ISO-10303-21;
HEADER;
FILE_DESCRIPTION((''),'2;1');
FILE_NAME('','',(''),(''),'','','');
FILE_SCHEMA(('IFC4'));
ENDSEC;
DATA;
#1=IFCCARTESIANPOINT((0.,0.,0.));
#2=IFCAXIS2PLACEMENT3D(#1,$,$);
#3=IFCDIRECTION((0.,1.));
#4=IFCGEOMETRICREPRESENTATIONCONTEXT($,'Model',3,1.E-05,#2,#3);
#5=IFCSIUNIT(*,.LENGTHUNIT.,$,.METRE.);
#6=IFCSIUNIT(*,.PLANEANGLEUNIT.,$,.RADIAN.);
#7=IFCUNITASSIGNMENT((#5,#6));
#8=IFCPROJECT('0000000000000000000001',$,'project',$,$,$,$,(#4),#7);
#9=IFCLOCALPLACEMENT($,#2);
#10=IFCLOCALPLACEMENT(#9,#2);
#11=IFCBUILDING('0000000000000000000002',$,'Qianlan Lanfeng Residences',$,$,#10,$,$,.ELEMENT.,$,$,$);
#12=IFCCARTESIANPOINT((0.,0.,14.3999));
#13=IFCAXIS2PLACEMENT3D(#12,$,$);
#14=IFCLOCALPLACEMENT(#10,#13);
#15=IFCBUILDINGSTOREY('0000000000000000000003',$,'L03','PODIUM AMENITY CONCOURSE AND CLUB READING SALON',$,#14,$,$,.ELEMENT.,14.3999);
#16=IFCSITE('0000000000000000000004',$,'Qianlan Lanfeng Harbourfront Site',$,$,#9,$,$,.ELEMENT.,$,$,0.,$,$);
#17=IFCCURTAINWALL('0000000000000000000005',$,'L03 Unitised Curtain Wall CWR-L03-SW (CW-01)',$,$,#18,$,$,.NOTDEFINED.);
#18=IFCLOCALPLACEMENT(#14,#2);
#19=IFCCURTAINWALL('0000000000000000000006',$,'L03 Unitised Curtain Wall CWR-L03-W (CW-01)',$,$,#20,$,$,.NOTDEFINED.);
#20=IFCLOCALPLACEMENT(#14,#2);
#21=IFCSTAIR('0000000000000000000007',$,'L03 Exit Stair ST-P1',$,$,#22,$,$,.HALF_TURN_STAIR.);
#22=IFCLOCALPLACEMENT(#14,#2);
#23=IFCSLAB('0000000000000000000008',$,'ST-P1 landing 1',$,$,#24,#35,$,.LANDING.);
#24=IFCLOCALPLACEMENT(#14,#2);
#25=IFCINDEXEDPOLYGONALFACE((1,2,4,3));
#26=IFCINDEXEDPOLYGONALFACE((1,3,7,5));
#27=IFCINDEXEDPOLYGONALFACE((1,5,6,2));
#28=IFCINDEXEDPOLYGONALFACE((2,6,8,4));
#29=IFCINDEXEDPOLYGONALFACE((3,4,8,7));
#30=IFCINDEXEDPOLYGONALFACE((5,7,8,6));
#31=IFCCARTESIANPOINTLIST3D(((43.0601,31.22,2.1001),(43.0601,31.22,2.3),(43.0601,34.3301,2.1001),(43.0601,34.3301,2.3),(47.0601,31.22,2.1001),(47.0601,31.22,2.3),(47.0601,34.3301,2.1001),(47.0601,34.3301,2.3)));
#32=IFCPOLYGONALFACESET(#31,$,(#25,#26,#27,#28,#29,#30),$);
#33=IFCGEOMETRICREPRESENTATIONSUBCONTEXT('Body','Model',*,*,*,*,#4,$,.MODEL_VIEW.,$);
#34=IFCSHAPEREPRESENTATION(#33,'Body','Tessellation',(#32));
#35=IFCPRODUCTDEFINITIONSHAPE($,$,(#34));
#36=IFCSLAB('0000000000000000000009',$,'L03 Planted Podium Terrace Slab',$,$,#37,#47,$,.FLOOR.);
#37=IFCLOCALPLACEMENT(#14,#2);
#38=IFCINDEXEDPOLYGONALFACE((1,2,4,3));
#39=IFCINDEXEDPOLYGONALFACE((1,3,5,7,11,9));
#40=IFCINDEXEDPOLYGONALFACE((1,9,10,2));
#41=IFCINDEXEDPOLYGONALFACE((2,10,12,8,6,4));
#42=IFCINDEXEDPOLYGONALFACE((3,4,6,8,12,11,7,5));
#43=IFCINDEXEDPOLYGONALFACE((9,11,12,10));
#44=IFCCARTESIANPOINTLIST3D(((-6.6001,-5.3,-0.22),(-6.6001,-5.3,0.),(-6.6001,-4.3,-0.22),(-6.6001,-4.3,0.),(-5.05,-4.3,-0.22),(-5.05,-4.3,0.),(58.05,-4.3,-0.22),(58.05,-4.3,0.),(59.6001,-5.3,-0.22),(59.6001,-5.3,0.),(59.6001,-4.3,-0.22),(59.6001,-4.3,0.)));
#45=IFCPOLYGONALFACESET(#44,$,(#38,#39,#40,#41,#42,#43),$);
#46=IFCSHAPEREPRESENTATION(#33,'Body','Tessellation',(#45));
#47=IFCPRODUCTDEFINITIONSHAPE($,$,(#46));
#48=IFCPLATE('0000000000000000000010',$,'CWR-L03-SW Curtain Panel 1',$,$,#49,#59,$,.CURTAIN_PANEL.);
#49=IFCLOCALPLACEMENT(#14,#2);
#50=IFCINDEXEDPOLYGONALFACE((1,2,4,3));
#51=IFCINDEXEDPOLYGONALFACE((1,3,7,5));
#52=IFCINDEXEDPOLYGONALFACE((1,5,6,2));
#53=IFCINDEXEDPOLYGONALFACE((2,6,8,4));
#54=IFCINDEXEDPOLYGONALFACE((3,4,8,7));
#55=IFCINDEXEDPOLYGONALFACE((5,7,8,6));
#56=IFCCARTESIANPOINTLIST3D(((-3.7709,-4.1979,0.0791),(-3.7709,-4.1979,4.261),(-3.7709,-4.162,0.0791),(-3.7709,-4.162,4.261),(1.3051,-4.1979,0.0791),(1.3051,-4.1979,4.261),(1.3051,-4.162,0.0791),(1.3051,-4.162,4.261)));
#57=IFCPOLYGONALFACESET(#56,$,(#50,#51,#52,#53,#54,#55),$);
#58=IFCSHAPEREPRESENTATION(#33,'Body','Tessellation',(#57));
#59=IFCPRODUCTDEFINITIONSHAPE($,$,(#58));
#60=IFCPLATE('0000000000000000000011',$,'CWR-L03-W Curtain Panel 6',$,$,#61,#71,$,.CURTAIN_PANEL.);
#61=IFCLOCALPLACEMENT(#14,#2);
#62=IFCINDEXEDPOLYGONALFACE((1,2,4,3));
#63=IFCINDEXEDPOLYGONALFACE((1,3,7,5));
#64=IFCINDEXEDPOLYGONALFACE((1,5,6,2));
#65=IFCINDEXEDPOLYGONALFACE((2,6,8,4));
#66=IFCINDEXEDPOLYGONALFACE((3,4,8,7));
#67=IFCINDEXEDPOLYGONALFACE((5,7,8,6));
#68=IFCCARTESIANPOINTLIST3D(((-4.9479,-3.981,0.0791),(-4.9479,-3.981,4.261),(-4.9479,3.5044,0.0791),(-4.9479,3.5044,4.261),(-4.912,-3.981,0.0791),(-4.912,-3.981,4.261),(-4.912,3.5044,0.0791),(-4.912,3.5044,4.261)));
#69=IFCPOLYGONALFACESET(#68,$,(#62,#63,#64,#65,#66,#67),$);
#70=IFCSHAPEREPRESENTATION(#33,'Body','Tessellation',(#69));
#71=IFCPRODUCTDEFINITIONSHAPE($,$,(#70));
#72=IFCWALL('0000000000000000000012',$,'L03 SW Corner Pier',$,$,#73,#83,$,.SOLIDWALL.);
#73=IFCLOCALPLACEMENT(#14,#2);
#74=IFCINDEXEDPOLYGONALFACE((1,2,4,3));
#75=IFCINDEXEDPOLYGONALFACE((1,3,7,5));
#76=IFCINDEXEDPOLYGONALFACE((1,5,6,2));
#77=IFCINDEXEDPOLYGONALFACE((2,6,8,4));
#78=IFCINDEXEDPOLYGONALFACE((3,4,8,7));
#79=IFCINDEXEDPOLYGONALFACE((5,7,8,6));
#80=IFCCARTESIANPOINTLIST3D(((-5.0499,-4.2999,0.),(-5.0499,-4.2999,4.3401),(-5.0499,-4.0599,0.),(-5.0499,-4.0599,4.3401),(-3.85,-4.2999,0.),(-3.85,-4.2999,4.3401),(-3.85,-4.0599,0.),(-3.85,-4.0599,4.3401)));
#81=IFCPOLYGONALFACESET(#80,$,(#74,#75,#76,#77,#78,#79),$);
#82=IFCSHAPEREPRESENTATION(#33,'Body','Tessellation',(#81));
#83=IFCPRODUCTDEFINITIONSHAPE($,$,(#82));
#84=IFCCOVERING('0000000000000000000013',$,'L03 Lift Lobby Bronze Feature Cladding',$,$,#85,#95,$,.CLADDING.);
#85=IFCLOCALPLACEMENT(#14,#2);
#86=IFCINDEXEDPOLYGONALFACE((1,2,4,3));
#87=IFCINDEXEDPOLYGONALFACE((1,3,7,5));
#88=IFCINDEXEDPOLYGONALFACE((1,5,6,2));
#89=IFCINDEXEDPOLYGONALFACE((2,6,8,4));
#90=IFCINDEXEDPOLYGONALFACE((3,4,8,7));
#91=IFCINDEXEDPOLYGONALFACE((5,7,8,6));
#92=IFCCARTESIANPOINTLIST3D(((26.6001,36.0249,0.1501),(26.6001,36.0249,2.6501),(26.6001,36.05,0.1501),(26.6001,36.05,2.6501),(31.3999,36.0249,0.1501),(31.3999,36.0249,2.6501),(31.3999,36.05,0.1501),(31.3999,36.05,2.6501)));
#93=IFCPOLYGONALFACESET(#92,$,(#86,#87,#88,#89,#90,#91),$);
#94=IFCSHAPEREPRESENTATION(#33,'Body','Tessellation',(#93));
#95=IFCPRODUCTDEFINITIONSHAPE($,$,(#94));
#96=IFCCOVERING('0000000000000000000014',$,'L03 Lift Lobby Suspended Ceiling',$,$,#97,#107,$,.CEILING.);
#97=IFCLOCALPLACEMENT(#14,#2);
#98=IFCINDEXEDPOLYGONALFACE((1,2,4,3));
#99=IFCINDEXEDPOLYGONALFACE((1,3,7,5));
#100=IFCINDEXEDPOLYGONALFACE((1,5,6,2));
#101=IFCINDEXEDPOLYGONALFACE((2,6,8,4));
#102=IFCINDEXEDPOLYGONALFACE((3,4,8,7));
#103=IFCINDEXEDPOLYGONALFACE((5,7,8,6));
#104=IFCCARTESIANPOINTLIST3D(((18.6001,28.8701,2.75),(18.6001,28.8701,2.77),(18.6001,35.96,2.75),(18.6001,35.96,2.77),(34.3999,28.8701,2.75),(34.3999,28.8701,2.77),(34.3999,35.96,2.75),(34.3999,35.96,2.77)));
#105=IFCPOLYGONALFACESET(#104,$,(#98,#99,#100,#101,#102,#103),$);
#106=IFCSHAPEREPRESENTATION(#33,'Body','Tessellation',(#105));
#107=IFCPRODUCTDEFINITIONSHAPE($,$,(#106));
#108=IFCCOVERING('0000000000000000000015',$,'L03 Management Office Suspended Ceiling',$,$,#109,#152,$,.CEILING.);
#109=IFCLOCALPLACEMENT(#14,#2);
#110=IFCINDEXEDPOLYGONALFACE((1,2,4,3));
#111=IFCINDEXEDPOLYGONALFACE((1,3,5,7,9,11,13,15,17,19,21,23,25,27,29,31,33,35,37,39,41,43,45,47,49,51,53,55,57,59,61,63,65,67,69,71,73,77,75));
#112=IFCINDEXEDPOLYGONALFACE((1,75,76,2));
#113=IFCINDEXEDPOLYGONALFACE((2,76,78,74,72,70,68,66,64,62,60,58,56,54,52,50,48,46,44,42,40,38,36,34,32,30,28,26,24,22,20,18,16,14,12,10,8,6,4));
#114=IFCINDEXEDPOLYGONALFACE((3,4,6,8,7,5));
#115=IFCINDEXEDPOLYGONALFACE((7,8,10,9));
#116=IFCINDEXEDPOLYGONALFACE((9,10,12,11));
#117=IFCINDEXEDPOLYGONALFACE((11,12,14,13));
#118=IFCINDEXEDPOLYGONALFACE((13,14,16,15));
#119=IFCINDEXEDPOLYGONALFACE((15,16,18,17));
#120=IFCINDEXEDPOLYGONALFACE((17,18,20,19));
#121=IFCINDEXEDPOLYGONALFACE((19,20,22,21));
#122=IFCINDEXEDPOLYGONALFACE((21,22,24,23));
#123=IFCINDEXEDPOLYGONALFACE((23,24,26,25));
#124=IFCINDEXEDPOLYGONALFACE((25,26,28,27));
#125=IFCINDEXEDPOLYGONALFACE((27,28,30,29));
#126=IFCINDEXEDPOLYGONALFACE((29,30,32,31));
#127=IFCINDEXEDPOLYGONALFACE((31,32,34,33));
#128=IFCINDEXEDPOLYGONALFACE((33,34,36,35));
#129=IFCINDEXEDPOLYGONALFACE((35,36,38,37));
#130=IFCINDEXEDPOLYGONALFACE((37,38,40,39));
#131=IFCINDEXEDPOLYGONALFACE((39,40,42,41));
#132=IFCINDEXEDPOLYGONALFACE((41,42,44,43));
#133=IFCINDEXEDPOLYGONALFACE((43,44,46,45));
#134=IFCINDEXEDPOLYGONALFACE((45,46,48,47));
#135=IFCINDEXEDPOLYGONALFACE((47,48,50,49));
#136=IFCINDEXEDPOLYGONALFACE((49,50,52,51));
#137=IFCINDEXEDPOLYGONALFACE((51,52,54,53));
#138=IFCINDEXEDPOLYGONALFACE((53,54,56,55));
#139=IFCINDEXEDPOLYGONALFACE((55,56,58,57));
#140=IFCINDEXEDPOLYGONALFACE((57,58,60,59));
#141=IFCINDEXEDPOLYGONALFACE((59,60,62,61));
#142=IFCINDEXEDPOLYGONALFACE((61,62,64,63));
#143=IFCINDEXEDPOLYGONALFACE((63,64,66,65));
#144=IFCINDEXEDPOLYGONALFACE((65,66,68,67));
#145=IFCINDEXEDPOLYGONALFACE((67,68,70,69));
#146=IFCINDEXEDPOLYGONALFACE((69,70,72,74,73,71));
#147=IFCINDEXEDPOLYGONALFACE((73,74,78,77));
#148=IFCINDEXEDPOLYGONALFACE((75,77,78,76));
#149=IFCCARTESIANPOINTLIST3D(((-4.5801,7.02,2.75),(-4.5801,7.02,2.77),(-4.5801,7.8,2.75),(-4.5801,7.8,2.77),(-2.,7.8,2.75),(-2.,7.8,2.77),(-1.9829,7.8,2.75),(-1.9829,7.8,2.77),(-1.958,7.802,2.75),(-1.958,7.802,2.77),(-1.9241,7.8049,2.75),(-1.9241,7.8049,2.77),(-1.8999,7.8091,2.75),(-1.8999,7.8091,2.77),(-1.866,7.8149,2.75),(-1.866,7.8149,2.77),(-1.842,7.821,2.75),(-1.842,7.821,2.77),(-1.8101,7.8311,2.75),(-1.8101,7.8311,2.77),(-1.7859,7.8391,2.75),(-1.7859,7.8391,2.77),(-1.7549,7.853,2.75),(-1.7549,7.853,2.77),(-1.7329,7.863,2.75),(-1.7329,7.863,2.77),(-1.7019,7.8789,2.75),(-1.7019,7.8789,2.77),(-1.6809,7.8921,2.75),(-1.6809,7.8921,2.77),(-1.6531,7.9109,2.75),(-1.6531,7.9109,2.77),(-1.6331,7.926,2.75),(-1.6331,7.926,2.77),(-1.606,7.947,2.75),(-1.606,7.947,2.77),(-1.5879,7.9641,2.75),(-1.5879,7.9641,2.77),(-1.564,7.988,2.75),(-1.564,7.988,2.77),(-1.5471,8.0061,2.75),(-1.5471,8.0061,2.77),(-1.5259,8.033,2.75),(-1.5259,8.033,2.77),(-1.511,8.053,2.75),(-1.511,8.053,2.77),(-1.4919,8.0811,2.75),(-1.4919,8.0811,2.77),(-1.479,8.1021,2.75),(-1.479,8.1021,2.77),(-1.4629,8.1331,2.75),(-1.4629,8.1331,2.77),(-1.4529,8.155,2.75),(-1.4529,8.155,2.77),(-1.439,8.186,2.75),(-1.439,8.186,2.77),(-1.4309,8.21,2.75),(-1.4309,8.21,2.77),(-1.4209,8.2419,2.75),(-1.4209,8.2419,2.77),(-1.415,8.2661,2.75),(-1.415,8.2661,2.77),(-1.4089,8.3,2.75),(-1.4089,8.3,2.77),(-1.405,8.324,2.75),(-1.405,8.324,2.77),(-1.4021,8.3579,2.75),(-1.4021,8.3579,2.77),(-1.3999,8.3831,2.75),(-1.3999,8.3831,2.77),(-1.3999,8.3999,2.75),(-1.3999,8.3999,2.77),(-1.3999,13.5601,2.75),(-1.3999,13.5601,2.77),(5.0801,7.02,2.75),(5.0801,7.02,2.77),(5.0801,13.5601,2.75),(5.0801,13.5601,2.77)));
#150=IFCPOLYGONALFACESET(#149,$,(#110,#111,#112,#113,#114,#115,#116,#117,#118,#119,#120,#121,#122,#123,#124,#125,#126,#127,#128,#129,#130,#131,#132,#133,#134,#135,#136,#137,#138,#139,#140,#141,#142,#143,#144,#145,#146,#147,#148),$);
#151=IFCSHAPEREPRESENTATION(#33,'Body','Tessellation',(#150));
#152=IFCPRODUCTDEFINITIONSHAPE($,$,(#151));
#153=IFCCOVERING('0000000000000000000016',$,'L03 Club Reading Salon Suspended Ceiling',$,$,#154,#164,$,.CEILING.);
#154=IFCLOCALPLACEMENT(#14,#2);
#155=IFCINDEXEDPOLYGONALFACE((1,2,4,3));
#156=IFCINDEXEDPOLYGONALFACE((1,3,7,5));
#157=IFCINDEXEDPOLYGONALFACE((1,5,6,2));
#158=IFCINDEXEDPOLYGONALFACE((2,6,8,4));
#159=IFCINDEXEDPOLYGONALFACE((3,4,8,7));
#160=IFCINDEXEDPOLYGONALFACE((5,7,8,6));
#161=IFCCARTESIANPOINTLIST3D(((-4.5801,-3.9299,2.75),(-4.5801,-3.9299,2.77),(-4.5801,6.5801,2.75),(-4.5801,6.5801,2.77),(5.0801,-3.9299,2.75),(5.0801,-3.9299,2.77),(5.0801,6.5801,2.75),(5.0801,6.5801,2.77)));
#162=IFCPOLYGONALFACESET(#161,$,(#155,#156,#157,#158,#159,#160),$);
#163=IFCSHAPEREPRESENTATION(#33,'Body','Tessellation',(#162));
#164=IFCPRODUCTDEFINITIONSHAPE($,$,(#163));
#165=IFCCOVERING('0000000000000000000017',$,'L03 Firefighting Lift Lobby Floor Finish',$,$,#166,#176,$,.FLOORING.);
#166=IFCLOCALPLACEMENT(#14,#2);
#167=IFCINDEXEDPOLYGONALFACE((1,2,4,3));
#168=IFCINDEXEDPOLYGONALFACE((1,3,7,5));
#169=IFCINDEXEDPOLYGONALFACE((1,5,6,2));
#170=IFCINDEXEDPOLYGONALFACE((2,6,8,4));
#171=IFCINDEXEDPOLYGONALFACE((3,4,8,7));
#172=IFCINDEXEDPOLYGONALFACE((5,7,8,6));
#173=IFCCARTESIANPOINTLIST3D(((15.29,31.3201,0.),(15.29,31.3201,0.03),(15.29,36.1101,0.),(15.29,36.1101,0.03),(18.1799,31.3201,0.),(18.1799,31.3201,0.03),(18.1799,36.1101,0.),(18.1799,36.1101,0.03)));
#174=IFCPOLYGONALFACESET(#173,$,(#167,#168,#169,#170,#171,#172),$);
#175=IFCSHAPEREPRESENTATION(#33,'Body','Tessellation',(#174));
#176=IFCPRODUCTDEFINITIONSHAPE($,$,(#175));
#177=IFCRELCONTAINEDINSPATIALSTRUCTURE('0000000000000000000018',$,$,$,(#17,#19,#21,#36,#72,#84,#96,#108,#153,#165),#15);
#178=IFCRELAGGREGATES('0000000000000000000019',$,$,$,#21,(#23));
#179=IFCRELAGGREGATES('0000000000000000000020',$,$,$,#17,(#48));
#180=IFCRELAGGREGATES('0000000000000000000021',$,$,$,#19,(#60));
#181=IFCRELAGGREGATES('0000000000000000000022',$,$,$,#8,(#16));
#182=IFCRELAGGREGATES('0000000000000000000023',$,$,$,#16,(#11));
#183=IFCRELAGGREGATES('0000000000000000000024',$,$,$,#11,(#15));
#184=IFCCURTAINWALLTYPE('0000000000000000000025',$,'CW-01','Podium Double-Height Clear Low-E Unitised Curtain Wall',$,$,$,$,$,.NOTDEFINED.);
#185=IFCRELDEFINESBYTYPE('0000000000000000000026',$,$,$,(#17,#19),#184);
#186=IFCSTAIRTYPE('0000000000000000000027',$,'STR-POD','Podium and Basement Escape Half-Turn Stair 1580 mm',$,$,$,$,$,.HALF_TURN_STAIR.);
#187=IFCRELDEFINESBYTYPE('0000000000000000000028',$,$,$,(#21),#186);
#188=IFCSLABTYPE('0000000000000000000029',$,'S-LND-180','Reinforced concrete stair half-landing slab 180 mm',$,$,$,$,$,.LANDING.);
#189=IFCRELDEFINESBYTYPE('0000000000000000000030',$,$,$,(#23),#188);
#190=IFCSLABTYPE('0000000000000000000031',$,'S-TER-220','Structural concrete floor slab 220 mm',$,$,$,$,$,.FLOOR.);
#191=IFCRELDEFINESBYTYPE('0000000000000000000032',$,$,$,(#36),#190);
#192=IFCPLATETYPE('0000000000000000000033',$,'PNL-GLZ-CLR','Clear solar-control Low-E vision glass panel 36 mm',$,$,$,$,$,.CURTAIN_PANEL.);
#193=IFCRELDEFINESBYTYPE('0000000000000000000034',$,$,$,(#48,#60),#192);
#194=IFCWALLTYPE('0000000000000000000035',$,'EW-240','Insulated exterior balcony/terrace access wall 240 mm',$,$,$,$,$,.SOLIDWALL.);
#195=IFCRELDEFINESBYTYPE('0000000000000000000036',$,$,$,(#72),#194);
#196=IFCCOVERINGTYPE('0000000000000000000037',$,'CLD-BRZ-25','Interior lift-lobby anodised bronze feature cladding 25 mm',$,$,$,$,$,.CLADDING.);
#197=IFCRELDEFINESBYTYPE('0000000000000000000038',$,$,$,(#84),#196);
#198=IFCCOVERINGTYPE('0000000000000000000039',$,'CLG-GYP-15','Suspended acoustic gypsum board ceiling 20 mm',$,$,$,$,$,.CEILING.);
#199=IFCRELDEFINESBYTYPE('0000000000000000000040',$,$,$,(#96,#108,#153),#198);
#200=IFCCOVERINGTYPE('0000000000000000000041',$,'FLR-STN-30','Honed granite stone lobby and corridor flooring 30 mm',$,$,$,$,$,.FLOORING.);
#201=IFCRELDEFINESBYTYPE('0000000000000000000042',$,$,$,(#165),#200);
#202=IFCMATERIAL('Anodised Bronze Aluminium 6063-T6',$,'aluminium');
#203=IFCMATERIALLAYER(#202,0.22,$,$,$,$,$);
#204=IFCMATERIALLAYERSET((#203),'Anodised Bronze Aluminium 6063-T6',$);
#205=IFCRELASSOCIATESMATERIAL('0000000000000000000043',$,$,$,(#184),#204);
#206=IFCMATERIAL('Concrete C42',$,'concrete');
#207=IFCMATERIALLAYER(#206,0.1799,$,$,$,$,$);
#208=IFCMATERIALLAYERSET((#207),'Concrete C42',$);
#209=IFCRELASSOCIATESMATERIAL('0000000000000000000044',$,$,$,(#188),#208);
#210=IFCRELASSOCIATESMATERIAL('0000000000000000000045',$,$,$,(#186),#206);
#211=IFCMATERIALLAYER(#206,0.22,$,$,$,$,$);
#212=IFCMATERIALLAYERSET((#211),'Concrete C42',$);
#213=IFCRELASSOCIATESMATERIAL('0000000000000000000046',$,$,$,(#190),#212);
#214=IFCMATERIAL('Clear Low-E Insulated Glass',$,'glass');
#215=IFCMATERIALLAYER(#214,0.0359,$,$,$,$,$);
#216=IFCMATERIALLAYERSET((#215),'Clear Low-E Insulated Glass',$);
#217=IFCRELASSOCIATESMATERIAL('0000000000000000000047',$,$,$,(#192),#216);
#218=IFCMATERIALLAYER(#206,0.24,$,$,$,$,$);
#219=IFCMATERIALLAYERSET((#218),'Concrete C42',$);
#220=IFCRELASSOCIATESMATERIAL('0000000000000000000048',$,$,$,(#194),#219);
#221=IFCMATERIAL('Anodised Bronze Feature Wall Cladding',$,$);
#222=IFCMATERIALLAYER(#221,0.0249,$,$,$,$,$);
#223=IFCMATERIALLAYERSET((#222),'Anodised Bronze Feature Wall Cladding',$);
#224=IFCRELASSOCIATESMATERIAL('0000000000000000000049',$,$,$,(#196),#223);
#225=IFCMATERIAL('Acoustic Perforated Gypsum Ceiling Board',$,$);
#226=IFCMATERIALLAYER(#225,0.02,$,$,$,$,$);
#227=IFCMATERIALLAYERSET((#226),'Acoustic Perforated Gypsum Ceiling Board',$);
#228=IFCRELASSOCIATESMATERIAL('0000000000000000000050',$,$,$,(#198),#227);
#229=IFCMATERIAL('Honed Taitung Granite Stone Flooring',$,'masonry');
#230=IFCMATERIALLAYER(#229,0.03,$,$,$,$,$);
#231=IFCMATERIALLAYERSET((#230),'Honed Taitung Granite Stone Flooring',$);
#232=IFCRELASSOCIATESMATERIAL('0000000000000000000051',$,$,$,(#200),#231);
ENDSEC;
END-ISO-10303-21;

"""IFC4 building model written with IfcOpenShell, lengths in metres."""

from ifc_helpers import new_model, si_unit, direction, frame, frame_2d, origin, origin_2d, place, context, subcontext, project, spatial, polyline, rectangle, outline, extrude, source, transform, mapped, material, layer, layer_set, type_object, element, aggregate, save


model = new_model("IFC4")

# Units and contexts
model_context = context("Model", 3, precision=1e-05, world=origin(), true_north=direction((0.0, 1.0)))
body_context = subcontext(model_context, "Body", "Model", "MODEL_VIEW")
ifc_project = project(units=[si_unit("LENGTHUNIT", "METRE"), si_unit("PLANEANGLEUNIT", "RADIAN")], contexts=[model_context])

# Site, building, storey
site_placement = place(None, origin())
site = spatial("IfcSite", under=ifc_project, at=site_placement, Name="Qianlan Lanfeng Harbourfront Site", CompositionType="ELEMENT", RefElevation=0.0)
building_placement = place(site_placement, origin())
building = spatial("IfcBuilding", under=site, at=building_placement, Name="Qianlan Lanfeng Residences", CompositionType="ELEMENT")
storey_placement = place(building_placement, frame((0.0, 0.0, 14.3999)))
storey = spatial("IfcBuildingStorey", under=building, at=storey_placement, Name="L03", Description="PODIUM AMENITY CONCOURSE AND CLUB READING SALON", CompositionType="ELEMENT", Elevation=14.3999)

# Curtain walls
ifc_material_1 = material(Name="Anodised Bronze Aluminium 6063-T6", Category="aluminium")
ifc_layer_1 = layer(ifc_material_1, 0.22)
ifc_layer_set_1 = layer_set([ifc_layer_1], Name="Anodised Bronze Aluminium 6063-T6")
curtain_wall_type = type_object("IfcCurtainWallType", Name="CW-01", Description="Podium Double-Height Clear Low-E Unitised Curtain Wall", PredefinedType="NOTDEFINED", material=ifc_layer_set_1)
curtain_wall_1_placement = place(storey_placement, origin())
curtain_wall_1 = element("IfcCurtainWall", 1, at=curtain_wall_1_placement, inside=storey, type_object=curtain_wall_type, Name="L03 Unitised Curtain Wall CWR-L03-SW (CW-01)", PredefinedType="NOTDEFINED")
curtain_wall_2_placement = place(storey_placement, origin())
curtain_wall_2 = element("IfcCurtainWall", 2, at=curtain_wall_2_placement, inside=storey, type_object=curtain_wall_type, Name="L03 Unitised Curtain Wall CWR-L03-W (CW-01)", PredefinedType="NOTDEFINED")

# Stair, slab
ifc_material_2 = material(Name="Concrete C42", Category="concrete")
ifc_layer_2 = layer(ifc_material_2, 0.1799)
ifc_layer_set_2 = layer_set([ifc_layer_2], Name="Concrete C42")
slab_type_1 = type_object("IfcSlabType", Name="S-LND-180", Description="Reinforced concrete stair half-landing slab 180 mm", PredefinedType="LANDING", material=ifc_layer_set_2)
stair_type_1 = type_object("IfcStairType", Name="STR-POD", Description="Podium and Basement Escape Half-Turn Stair 1580 mm", PredefinedType="HALF_TURN_STAIR", material=ifc_material_2)
stair_1_placement = place(storey_placement, origin())
stair_1 = element("IfcStair", 3, at=stair_1_placement, inside=storey, type_object=stair_type_1, Name="L03 Exit Stair ST-P1", PredefinedType="HALF_TURN_STAIR")
slab_1_placement = place(storey_placement, frame((0.0, 0.0, 2.1001)))
slab_1 = element("IfcSlab", 4, at=slab_1_placement, type_object=slab_type_1, Name="ST-P1 landing 1", PredefinedType="LANDING", context=body_context, shape_type="SweptSolid", body=[
    extrude(outline(polyline([(43.0601, 31.22), (47.0601, 31.22), (47.0601, 34.3301), (43.0601, 34.3301), (43.0601, 31.22)])), origin(), (0.0, 0.0, 1.0), 0.2),
])
aggregate(stair_1, [slab_1])

# Slab
ifc_layer_3 = layer(ifc_material_2, 0.22)
ifc_layer_set_3 = layer_set([ifc_layer_3], Name="Concrete C42")
slab_type_2 = type_object("IfcSlabType", Name="S-TER-220", Description="Structural concrete floor slab 220 mm", PredefinedType="FLOOR", material=ifc_layer_set_3)
slab_2_placement = place(storey_placement, frame((0.0, 0.0, -0.22)))
element("IfcSlab", 5, at=slab_2_placement, inside=storey, type_object=slab_type_2, Name="L03 Planted Podium Terrace Slab", PredefinedType="FLOOR", context=body_context, shape_type="SweptSolid", body=[
    extrude(outline(polyline([(58.05, -4.3), (-5.05, -4.3), (-6.6001, -4.3), (-6.6001, -5.3), (59.6001, -5.3), (59.6001, -4.3), (58.05, -4.3)])), origin(), (0.0, 0.0, 1.0), 0.22),
])

# Plates
ifc_material_3 = material(Name="Clear Low-E Insulated Glass", Category="glass")
ifc_layer_4 = layer(ifc_material_3, 0.0359)
ifc_layer_set_4 = layer_set([ifc_layer_4], Name="Clear Low-E Insulated Glass")
plate_type = type_object("IfcPlateType", Name="PNL-GLZ-CLR", Description="Clear solar-control Low-E vision glass panel 36 mm", PredefinedType="CURTAIN_PANEL", material=ifc_layer_set_4)
shared_shape_1 = source(origin(), body_context, "Body", "SweptSolid", [
    extrude(rectangle(XDim=5.0759, YDim=0.0359, at=origin_2d()), origin(), (0.0, 0.0, 1.0), 4.1819),
])
plate_1_placement = place(storey_placement, frame((-1.2329, -4.1799, 0.0791), z_axis=(0.0, 0.0, 1.0), x_axis=(1.0, 0.0, 0.0)))
plate_1 = element("IfcPlate", 6, at=plate_1_placement, type_object=plate_type, Name="CWR-L03-SW Curtain Panel 1", PredefinedType="CURTAIN_PANEL", context=body_context, shape_type="MappedRepresentation", body=[
    mapped(shared_shape_1, transform((0.0, 0.0, 0.0), scale=1.0)),
])
aggregate(curtain_wall_1, [plate_1])
shared_shape_2 = source(origin(), body_context, "Body", "SweptSolid", [
    extrude(rectangle(XDim=7.4854, YDim=0.0359, at=origin_2d()), origin(), (0.0, 0.0, 1.0), 4.1819),
])
plate_2_placement = place(storey_placement, frame((-4.9299, -0.2383, 0.0791), z_axis=(0.0, 0.0, 1.0), x_axis=(0.0, -1.0, 0.0)))
plate_2 = element("IfcPlate", 7, at=plate_2_placement, type_object=plate_type, Name="CWR-L03-W Curtain Panel 6", PredefinedType="CURTAIN_PANEL", context=body_context, shape_type="MappedRepresentation", body=[
    mapped(shared_shape_2, transform((0.0, 0.0, 0.0), scale=1.0)),
])
aggregate(curtain_wall_2, [plate_2])

# Wall
ifc_layer_5 = layer(ifc_material_2, 0.24)
ifc_layer_set_5 = layer_set([ifc_layer_5], Name="Concrete C42")
wall_type = type_object("IfcWallType", Name="EW-240", Description="Insulated exterior balcony/terrace access wall 240 mm", PredefinedType="SOLIDWALL", material=ifc_layer_set_5)
wall_placement = place(storey_placement, frame((-5.05, -4.1799, 0.0), z_axis=(0.0, 0.0, 1.0), x_axis=(1.0, 0.0, 0.0)))
element("IfcWall", 8, at=wall_placement, inside=storey, type_object=wall_type, Name="L03 SW Corner Pier", PredefinedType="SOLIDWALL", context=body_context, shape_type="SweptSolid", body=[
    extrude(rectangle(XDim=1.2, YDim=0.24, at=frame_2d((0.6001, 0.0))), origin(), (0.0, 0.0, 1.0), 4.3401),
])

# Coverings
ifc_material_4 = material(Name="Anodised Bronze Feature Wall Cladding")
ifc_layer_6 = layer(ifc_material_4, 0.0249)
ifc_layer_set_6 = layer_set([ifc_layer_6], Name="Anodised Bronze Feature Wall Cladding")
covering_type_1 = type_object("IfcCoveringType", Name="CLD-BRZ-25", Description="Interior lift-lobby anodised bronze feature cladding 25 mm", PredefinedType="CLADDING", material=ifc_layer_set_6)
covering_1_placement = place(storey_placement, frame((0.0, 0.0, 0.1501)))
element("IfcCovering", 9, at=covering_1_placement, inside=storey, type_object=covering_type_1, Name="L03 Lift Lobby Bronze Feature Cladding", PredefinedType="CLADDING", context=body_context, shape_type="SweptSolid", body=[
    extrude(outline(polyline([(26.6001, 36.0249), (31.3999, 36.0249), (31.3999, 36.05), (26.6001, 36.05), (26.6001, 36.0249)])), origin(), (0.0, 0.0, 1.0), 2.5),
])
ifc_material_5 = material(Name="Acoustic Perforated Gypsum Ceiling Board")
ifc_layer_7 = layer(ifc_material_5, 0.02)
ifc_layer_set_7 = layer_set([ifc_layer_7], Name="Acoustic Perforated Gypsum Ceiling Board")
covering_type_2 = type_object("IfcCoveringType", Name="CLG-GYP-15", Description="Suspended acoustic gypsum board ceiling 20 mm", PredefinedType="CEILING", material=ifc_layer_set_7)
covering_2_placement = place(storey_placement, frame((0.0, 0.0, 2.75)))
element("IfcCovering", 10, at=covering_2_placement, inside=storey, type_object=covering_type_2, Name="L03 Lift Lobby Suspended Ceiling", PredefinedType="CEILING", context=body_context, shape_type="SweptSolid", body=[
    extrude(outline(polyline([(18.6001, 28.8701), (34.3999, 28.8701), (34.3999, 35.96), (18.6001, 35.96), (18.6001, 28.8701)])), origin(), (0.0, 0.0, 1.0), 0.02),
])
covering_3_placement = place(storey_placement, frame((0.0, 0.0, 2.75)))
element("IfcCovering", 11, at=covering_3_placement, inside=storey, type_object=covering_type_2, Name="L03 Management Office Suspended Ceiling", PredefinedType="CEILING", context=body_context, shape_type="SweptSolid", body=[
    extrude(outline(polyline([(-4.5801, 7.02), (5.0801, 7.02), (5.0801, 13.5601), (-1.3999, 13.5601), (-1.3999, 8.3999), (-1.3999, 8.3831), (-1.4021, 8.3579), (-1.405, 8.324), (-1.4089, 8.3), (-1.415, 8.2661), (-1.4209, 8.2419), (-1.4309, 8.21), (-1.439, 8.186), (-1.4529, 8.155), (-1.4629, 8.1331), (-1.479, 8.1021), (-1.4919, 8.0811), (-1.511, 8.053), (-1.5259, 8.033), (-1.5471, 8.0061), (-1.564, 7.988), (-1.5879, 7.9641), (-1.606, 7.947), (-1.6331, 7.926), (-1.6531, 7.9109), (-1.6809, 7.8921), (-1.7019, 7.8789), (-1.7329, 7.863), (-1.7549, 7.853), (-1.7859, 7.8391), (-1.8101, 7.8311), (-1.842, 7.821), (-1.866, 7.8149), (-1.8999, 7.8091), (-1.9241, 7.8049), (-1.958, 7.802), (-1.9829, 7.8), (-2.0, 7.8), (-4.5801, 7.8), (-4.5801, 7.02)])), origin(), (0.0, 0.0, 1.0), 0.02),
])
covering_4_placement = place(storey_placement, frame((0.0, 0.0, 2.75)))
element("IfcCovering", 12, at=covering_4_placement, inside=storey, type_object=covering_type_2, Name="L03 Club Reading Salon Suspended Ceiling", PredefinedType="CEILING", context=body_context, shape_type="SweptSolid", body=[
    extrude(outline(polyline([(-4.5801, -3.9299), (5.0801, -3.9299), (5.0801, 6.5801), (-4.5801, 6.5801), (-4.5801, -3.9299)])), origin(), (0.0, 0.0, 1.0), 0.02),
])
ifc_material_6 = material(Name="Honed Taitung Granite Stone Flooring", Category="masonry")
ifc_layer_8 = layer(ifc_material_6, 0.03)
ifc_layer_set_8 = layer_set([ifc_layer_8], Name="Honed Taitung Granite Stone Flooring")
covering_type_3 = type_object("IfcCoveringType", Name="FLR-STN-30", Description="Honed granite stone lobby and corridor flooring 30 mm", PredefinedType="FLOORING", material=ifc_layer_set_8)
covering_5_placement = place(storey_placement, origin())
element("IfcCovering", 13, at=covering_5_placement, inside=storey, type_object=covering_type_3, Name="L03 Firefighting Lift Lobby Floor Finish", PredefinedType="FLOORING", context=body_context, shape_type="SweptSolid", body=[
    extrude(outline(polyline([(15.29, 31.3201), (18.1799, 31.3201), (18.1799, 36.1101), (15.29, 36.1101), (15.29, 31.3201)])), origin(), (0.0, 0.0, 1.0), 0.03),
])

save(model, "model.ifc")
